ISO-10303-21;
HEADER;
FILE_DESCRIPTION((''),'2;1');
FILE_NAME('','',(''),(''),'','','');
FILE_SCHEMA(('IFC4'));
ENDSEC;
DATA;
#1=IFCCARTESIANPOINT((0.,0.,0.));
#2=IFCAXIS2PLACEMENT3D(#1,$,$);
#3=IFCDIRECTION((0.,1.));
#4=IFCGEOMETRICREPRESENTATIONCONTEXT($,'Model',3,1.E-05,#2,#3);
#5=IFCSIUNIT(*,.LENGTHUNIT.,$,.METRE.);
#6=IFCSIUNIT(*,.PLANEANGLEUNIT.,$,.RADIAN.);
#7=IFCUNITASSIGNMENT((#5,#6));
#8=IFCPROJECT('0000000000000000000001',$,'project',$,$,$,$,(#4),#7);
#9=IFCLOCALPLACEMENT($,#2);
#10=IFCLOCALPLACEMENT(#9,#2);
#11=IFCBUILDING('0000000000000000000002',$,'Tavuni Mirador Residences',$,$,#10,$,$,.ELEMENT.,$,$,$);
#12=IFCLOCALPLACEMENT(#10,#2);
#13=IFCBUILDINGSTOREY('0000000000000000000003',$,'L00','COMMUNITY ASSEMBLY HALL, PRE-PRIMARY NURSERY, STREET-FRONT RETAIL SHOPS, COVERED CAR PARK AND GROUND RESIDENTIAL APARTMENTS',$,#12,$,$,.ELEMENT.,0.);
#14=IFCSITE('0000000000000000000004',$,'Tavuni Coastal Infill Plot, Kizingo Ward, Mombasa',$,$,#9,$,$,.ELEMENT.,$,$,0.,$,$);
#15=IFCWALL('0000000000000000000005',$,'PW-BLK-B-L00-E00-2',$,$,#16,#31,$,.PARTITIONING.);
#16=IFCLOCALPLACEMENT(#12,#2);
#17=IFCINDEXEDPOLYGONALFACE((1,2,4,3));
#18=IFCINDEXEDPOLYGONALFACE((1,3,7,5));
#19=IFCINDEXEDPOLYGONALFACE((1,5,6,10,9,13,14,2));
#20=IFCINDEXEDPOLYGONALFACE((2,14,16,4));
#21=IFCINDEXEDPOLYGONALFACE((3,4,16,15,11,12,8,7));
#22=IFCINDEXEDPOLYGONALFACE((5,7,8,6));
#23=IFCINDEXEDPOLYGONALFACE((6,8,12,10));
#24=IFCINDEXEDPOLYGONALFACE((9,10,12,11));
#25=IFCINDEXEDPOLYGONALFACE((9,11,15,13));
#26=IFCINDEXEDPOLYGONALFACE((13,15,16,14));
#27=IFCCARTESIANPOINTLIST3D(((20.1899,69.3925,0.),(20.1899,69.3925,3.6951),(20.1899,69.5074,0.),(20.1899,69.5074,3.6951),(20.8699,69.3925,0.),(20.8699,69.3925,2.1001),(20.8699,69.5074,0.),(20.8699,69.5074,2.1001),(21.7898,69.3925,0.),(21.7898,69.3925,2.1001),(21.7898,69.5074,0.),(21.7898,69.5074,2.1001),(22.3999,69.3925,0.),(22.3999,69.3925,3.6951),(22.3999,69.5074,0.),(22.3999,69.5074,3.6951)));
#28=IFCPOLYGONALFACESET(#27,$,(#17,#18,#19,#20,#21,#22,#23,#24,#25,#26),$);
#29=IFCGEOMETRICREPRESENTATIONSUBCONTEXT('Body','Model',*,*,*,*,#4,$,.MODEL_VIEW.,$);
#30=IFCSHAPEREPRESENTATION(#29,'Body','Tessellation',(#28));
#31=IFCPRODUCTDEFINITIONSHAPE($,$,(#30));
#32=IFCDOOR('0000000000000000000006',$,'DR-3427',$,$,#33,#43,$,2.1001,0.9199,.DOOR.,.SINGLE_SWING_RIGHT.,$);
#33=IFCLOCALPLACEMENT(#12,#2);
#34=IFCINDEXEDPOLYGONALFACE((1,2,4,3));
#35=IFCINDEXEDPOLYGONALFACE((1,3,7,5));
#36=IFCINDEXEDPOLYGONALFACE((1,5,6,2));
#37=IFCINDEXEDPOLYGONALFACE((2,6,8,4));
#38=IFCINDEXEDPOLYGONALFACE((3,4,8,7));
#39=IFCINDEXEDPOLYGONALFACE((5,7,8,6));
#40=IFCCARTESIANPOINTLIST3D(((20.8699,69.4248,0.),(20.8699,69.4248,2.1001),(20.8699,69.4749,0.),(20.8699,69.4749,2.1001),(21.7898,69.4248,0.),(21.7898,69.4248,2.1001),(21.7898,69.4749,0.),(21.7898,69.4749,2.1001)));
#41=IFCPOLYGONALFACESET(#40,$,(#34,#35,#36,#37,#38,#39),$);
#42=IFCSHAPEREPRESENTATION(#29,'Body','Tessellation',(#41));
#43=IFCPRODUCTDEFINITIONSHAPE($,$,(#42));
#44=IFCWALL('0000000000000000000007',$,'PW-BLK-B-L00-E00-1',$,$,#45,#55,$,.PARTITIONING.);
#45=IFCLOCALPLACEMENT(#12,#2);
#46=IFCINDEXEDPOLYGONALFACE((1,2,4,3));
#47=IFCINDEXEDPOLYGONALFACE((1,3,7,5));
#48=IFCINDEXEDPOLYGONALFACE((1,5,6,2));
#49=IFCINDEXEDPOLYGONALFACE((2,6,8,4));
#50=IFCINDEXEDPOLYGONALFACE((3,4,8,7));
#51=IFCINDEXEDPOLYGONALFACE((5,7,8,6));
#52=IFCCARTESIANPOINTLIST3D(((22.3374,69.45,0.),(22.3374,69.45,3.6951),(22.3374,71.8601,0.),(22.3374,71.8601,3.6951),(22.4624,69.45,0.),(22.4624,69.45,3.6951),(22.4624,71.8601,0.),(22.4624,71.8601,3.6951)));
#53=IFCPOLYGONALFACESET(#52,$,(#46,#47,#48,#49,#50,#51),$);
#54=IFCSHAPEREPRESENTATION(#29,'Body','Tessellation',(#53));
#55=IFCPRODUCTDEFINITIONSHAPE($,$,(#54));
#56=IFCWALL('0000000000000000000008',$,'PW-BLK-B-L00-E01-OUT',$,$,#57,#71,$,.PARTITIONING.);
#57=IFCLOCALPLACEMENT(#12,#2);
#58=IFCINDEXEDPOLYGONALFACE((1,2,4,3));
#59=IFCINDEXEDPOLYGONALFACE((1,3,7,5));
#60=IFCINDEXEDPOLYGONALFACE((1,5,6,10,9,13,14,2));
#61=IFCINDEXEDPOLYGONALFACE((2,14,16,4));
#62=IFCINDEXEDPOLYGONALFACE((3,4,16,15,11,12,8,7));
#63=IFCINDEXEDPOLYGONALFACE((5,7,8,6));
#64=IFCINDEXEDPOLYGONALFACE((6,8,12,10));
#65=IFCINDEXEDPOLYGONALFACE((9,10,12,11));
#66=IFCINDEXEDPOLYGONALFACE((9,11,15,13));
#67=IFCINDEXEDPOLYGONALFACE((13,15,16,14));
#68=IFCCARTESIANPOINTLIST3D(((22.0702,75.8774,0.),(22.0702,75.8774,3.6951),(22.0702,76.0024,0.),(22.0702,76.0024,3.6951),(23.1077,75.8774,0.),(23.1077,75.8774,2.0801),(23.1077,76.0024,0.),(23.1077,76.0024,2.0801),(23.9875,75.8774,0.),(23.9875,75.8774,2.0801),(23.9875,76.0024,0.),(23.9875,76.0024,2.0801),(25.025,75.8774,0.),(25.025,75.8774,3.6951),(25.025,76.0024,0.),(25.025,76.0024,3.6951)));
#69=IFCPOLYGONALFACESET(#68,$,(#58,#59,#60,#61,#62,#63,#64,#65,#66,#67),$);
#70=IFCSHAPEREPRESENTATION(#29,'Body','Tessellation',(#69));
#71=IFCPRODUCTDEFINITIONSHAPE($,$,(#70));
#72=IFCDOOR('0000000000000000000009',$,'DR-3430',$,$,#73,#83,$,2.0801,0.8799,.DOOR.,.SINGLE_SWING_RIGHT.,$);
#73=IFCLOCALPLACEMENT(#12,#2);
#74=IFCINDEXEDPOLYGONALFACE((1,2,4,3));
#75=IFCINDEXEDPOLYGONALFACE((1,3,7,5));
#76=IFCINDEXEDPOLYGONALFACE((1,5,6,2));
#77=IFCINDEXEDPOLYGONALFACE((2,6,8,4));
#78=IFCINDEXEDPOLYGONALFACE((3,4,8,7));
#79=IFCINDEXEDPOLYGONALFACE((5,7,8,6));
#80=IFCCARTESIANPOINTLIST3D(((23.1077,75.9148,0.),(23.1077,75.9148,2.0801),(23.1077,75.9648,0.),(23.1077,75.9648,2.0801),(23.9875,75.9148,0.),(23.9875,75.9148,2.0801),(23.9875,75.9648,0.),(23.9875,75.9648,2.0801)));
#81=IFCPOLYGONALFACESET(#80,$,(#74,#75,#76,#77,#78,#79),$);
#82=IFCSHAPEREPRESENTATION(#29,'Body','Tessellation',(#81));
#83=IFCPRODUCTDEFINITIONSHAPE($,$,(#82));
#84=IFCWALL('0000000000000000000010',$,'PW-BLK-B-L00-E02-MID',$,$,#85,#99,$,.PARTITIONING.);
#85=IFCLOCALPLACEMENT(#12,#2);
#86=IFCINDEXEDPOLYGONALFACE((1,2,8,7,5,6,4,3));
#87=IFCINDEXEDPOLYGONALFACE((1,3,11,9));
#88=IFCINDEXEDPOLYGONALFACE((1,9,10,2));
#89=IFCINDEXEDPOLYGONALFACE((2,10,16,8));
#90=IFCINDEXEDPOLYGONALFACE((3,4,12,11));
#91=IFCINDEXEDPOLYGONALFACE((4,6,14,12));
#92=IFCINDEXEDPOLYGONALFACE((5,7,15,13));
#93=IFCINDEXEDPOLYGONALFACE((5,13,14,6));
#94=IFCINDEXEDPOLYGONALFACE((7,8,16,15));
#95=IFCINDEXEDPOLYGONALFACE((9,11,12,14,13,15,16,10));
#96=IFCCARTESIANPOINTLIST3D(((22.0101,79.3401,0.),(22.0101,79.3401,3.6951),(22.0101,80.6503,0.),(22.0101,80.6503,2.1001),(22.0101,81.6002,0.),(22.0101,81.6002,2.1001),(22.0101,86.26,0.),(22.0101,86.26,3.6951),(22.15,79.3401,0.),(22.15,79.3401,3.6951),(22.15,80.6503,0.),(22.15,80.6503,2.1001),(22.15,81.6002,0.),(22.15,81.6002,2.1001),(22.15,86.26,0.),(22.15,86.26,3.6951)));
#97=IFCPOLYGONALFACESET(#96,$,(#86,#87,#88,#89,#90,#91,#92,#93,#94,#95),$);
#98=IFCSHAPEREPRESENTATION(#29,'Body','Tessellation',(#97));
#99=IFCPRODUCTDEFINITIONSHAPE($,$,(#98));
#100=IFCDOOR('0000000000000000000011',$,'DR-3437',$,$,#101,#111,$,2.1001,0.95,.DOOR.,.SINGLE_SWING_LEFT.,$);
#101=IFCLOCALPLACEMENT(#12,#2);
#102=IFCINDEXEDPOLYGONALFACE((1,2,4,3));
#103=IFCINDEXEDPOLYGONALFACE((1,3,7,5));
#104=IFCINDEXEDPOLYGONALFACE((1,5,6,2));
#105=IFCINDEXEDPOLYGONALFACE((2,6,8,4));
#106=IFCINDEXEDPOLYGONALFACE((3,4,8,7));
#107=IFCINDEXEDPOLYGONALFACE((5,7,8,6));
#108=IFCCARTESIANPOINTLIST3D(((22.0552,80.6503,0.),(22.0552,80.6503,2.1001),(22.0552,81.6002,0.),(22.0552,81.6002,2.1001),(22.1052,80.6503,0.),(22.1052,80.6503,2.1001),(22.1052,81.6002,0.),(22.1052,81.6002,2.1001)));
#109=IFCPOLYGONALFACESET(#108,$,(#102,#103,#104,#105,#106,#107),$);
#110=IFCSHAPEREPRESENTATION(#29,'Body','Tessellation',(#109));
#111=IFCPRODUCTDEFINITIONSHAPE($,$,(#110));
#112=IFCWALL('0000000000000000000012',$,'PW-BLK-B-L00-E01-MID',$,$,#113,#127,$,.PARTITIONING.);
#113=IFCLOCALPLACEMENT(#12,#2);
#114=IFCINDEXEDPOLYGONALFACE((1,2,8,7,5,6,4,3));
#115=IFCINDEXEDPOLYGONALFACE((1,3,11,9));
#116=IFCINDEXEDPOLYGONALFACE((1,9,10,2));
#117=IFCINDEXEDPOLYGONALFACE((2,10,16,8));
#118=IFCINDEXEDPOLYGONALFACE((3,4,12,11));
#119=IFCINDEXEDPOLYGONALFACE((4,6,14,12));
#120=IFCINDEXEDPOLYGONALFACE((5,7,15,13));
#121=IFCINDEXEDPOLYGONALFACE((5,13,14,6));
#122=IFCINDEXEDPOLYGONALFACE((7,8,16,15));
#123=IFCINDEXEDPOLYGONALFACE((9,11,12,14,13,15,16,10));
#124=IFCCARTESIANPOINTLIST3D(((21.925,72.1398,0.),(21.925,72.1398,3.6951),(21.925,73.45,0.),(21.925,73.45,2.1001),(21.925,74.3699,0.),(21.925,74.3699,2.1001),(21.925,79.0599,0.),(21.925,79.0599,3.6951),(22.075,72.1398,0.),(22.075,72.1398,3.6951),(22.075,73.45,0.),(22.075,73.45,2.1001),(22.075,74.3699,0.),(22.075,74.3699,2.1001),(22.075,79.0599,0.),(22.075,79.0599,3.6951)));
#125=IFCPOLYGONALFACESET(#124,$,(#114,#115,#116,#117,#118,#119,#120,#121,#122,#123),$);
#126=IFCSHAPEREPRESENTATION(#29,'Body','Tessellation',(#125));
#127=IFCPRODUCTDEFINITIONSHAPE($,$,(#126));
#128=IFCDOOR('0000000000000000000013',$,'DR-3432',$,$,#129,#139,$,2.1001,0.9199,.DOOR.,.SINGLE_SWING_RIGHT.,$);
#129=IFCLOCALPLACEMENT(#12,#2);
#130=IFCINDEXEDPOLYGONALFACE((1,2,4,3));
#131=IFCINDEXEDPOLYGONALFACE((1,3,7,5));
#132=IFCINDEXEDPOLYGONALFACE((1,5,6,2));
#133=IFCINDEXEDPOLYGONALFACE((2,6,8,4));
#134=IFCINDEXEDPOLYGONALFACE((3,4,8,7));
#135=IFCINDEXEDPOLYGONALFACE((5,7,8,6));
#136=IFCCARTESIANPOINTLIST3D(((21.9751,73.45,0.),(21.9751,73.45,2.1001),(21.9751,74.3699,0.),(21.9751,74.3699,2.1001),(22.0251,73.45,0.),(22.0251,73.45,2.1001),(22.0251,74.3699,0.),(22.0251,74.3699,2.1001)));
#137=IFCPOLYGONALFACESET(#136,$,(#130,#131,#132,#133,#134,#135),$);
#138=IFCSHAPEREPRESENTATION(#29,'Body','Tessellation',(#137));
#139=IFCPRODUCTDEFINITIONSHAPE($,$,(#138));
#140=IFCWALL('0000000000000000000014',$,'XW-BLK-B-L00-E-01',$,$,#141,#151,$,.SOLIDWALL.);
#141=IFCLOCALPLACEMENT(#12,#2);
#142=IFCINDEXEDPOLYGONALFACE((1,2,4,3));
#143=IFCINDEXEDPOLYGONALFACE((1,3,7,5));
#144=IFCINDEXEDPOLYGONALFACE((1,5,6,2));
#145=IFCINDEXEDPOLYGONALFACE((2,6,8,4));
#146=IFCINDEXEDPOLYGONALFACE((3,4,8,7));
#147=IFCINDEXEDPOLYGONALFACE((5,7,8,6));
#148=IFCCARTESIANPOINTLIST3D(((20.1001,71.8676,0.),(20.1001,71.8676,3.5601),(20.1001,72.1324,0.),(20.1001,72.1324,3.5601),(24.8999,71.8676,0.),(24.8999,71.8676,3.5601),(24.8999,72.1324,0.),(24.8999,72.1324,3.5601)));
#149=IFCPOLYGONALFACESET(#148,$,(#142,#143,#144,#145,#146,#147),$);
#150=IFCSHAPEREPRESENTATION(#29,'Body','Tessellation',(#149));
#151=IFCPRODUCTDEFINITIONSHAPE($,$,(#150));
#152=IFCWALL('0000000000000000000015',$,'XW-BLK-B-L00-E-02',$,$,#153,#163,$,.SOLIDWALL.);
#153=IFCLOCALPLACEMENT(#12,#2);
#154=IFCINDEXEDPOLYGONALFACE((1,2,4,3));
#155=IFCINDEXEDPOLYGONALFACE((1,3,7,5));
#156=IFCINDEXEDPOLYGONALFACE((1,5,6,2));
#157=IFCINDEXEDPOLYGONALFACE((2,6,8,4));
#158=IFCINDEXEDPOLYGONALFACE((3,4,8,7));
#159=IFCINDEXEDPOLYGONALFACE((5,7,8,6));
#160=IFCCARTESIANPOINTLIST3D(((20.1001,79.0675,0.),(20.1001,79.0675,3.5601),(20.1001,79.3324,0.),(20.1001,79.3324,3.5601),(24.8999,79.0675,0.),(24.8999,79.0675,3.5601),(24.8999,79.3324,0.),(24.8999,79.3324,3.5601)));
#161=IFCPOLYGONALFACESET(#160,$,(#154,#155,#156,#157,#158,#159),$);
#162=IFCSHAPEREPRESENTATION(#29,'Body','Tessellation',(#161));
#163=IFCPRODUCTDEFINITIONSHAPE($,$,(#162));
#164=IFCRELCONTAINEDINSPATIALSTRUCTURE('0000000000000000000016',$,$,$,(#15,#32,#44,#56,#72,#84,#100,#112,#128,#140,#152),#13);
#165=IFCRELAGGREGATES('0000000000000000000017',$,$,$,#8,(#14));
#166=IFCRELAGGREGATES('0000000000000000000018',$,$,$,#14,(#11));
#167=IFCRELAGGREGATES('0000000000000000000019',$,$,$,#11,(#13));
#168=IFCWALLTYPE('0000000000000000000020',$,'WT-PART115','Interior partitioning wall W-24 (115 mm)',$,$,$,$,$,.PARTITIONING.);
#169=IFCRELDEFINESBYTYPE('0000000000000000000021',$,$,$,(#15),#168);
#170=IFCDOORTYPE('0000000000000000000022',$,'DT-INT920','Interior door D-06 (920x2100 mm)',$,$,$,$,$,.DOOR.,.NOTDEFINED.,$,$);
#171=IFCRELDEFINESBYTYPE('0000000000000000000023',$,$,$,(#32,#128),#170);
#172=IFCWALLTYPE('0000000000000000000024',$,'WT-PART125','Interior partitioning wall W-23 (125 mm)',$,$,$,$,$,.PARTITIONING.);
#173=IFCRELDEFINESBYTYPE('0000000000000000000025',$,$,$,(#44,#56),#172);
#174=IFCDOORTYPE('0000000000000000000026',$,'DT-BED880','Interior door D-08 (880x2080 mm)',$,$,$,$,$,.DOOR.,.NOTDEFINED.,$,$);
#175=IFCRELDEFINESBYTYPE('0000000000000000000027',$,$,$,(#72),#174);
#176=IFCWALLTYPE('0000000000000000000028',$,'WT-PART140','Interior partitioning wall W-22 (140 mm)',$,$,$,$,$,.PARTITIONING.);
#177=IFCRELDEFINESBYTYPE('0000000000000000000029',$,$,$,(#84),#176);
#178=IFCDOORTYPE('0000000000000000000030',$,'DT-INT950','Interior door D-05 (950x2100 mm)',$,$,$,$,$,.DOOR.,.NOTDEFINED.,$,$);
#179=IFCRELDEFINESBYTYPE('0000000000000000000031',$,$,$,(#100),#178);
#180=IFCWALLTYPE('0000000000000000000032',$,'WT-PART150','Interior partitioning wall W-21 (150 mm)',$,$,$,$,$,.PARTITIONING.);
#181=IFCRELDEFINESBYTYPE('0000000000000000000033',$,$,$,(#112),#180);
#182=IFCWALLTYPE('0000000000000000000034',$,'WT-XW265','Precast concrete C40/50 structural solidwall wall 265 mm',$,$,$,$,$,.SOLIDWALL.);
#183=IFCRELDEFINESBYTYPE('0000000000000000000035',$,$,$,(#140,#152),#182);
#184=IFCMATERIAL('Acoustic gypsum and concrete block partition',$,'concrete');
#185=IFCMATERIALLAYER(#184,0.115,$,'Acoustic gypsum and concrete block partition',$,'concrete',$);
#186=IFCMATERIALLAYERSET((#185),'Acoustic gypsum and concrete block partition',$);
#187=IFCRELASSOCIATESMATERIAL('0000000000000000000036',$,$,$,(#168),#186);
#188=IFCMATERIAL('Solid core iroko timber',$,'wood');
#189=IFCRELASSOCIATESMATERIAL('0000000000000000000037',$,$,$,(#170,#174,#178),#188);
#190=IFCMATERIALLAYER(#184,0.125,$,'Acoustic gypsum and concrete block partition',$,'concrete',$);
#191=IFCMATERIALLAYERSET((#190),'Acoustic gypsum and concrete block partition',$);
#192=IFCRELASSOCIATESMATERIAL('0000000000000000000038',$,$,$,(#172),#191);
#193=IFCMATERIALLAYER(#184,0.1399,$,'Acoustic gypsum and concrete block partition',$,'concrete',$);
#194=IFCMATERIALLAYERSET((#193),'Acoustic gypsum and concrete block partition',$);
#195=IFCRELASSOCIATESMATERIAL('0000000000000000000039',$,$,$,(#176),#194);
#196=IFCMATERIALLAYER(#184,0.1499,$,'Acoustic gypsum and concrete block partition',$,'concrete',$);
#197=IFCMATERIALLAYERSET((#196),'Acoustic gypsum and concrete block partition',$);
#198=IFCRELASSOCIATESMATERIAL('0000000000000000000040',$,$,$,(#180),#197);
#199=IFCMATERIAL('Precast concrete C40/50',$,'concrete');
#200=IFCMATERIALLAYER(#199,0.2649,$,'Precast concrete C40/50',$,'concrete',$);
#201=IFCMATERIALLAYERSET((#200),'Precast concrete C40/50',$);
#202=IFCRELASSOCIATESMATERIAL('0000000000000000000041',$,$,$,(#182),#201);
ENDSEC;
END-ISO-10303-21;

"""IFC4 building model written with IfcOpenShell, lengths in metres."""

from ifc_helpers import new_model, si_unit, direction, frame, frame_2d, origin, place, context, subcontext, project, spatial, rectangle, extrude, material, layer, layer_set, type_object, element, fill, save


model = new_model("IFC4")

# Units and contexts
model_context = context("Model", 3, precision=1e-05, world=origin(), true_north=direction((0.0, 1.0)))
body_context = subcontext(model_context, "Body", "Model", "MODEL_VIEW")
ifc_project = project(units=[si_unit("LENGTHUNIT", "METRE"), si_unit("PLANEANGLEUNIT", "RADIAN")], contexts=[model_context])

# Site, building, storey
site_placement = place(None, origin())
site = spatial("IfcSite", under=ifc_project, at=site_placement, Name="Tavuni Coastal Infill Plot, Kizingo Ward, Mombasa", CompositionType="ELEMENT", RefElevation=0.0)
building_placement = place(site_placement, origin())
building = spatial("IfcBuilding", under=site, at=building_placement, Name="Tavuni Mirador Residences", CompositionType="ELEMENT")
storey_placement = place(building_placement, origin())
storey = spatial("IfcBuildingStorey", under=building, at=storey_placement, Name="L00", Description="COMMUNITY ASSEMBLY HALL, PRE-PRIMARY NURSERY, STREET-FRONT RETAIL SHOPS, COVERED CAR PARK AND GROUND RESIDENTIAL APARTMENTS", CompositionType="ELEMENT", Elevation=0.0)

# Shared definitions
ifc_material_1 = material(Name="Precast concrete C40/50", Category="concrete")

# Wall, opening, door
ifc_material_2 = material(Name="Solid core iroko timber", Category="wood")
ifc_material_3 = material(Name="Acoustic gypsum and concrete block partition", Category="concrete")
ifc_layer_1 = layer(ifc_material_3, 0.115, Name="Acoustic gypsum and concrete block partition", Category="concrete")
ifc_layer_set_1 = layer_set([ifc_layer_1], Name="Acoustic gypsum and concrete block partition")
wall_type_1 = type_object("IfcWallType", Name="WT-PART115", Description="Interior partitioning wall W-24 (115 mm)", PredefinedType="PARTITIONING", material=ifc_layer_set_1)
wall_1_placement = place(storey_placement, frame((20.1899, 69.45, 0.0), z_axis=(0.0, 0.0, 1.0), x_axis=(1.0, 0.0, 0.0)))
wall_1 = element("IfcWall", 1, at=wall_1_placement, inside=storey, type_object=wall_type_1, Name="PW-BLK-B-L00-E00-2", PredefinedType="PARTITIONING", context=body_context, shape_type="SweptSolid", body=[
    extrude(rectangle(XDim=2.21, YDim=0.115, at=frame_2d((1.105, 0.0))), origin(), (0.0, 0.0, 1.0), 3.6951),
])
opening_1_placement = place(wall_1_placement, frame((0.6799, 0.0, 0.0)))
opening_1 = element("IfcOpeningElement", 2, at=opening_1_placement, cuts=wall_1, PredefinedType="OPENING", context=body_context, shape_type="SweptSolid", body=[
    extrude(rectangle(XDim=0.9199, YDim=2.1001, at=frame_2d((0.46, 1.05))), frame((0.0, 0.0674, 0.0), z_axis=(0.0, -1.0, 0.0), x_axis=(1.0, 0.0, 0.0)), (0.0, 0.0, 1.0), 0.135),
])
door_type_1 = type_object("IfcDoorType", Name="DT-INT920", Description="Interior door D-06 (920x2100 mm)", OperationType="NOTDEFINED", PredefinedType="DOOR", material=ifc_material_2)
door_1_placement = place(opening_1_placement, origin())
door_1 = element("IfcDoor", 3, at=door_1_placement, inside=storey, type_object=door_type_1, Name="DR-3427", OperationType="SINGLE_SWING_RIGHT", OverallHeight=2.1001, OverallWidth=0.9199, PredefinedType="DOOR", context=body_context, shape_type="SweptSolid", body=[
    extrude(rectangle(XDim=0.9199, YDim=2.1001, at=frame_2d((0.46, 1.05))), frame((0.0, 0.0249, 0.0), z_axis=(0.0, -1.0, 0.0), x_axis=(1.0, 0.0, 0.0)), (0.0, 0.0, 1.0), 0.05),
])
fill(opening_1, door_1)

# Wall
ifc_layer_2 = layer(ifc_material_3, 0.125, Name="Acoustic gypsum and concrete block partition", Category="concrete")
ifc_layer_set_2 = layer_set([ifc_layer_2], Name="Acoustic gypsum and concrete block partition")
wall_type_2 = type_object("IfcWallType", Name="WT-PART125", Description="Interior partitioning wall W-23 (125 mm)", PredefinedType="PARTITIONING", material=ifc_layer_set_2)
wall_2_placement = place(storey_placement, frame((22.3999, 69.45, 0.0), z_axis=(0.0, 0.0, 1.0), x_axis=(0.0, 1.0, 0.0)))
element("IfcWall", 4, at=wall_2_placement, inside=storey, type_object=wall_type_2, Name="PW-BLK-B-L00-E00-1", PredefinedType="PARTITIONING", context=body_context, shape_type="SweptSolid", body=[
    extrude(rectangle(XDim=2.4102, YDim=0.125, at=frame_2d((1.2051, 0.0))), origin(), (0.0, 0.0, 1.0), 3.6951),
])

# Walls, openings, doors
wall_3_placement = place(storey_placement, frame((22.0701, 75.9399, 0.0), z_axis=(0.0, 0.0, 1.0), x_axis=(1.0, 0.0, 0.0)))
wall_3 = element("IfcWall", 5, at=wall_3_placement, inside=storey, type_object=wall_type_2, Name="PW-BLK-B-L00-E01-OUT", PredefinedType="PARTITIONING", context=body_context, shape_type="SweptSolid", body=[
    extrude(rectangle(XDim=2.9548, YDim=0.125, at=frame_2d((1.4775, 0.0))), origin(), (0.0, 0.0, 1.0), 3.6951),
])
opening_2_placement = place(wall_3_placement, frame((1.0376, 0.0, 0.0)))
opening_2 = element("IfcOpeningElement", 6, at=opening_2_placement, cuts=wall_3, PredefinedType="OPENING", context=body_context, shape_type="SweptSolid", body=[
    extrude(rectangle(XDim=0.8799, YDim=2.0801, at=frame_2d((0.4399, 1.04))), frame((0.0, 0.0725, 0.0), z_axis=(0.0, -1.0, 0.0), x_axis=(1.0, 0.0, 0.0)), (0.0, 0.0, 1.0), 0.145),
])
door_type_2 = type_object("IfcDoorType", Name="DT-BED880", Description="Interior door D-08 (880x2080 mm)", OperationType="NOTDEFINED", PredefinedType="DOOR", material=ifc_material_2)
door_2_placement = place(opening_2_placement, origin())
door_2 = element("IfcDoor", 7, at=door_2_placement, inside=storey, type_object=door_type_2, Name="DR-3430", OperationType="SINGLE_SWING_RIGHT", OverallHeight=2.0801, OverallWidth=0.8799, PredefinedType="DOOR", context=body_context, shape_type="SweptSolid", body=[
    extrude(rectangle(XDim=0.8799, YDim=2.0801, at=frame_2d((0.4399, 1.04))), frame((0.0, 0.0249, 0.0), z_axis=(0.0, -1.0, 0.0), x_axis=(1.0, 0.0, 0.0)), (0.0, 0.0, 1.0), 0.05),
])
fill(opening_2, door_2)
ifc_layer_3 = layer(ifc_material_3, 0.1399, Name="Acoustic gypsum and concrete block partition", Category="concrete")
ifc_layer_set_3 = layer_set([ifc_layer_3], Name="Acoustic gypsum and concrete block partition")
wall_type_3 = type_object("IfcWallType", Name="WT-PART140", Description="Interior partitioning wall W-22 (140 mm)", PredefinedType="PARTITIONING", material=ifc_layer_set_3)
wall_4_placement = place(storey_placement, frame((22.0801, 79.3401, 0.0), z_axis=(0.0, 0.0, 1.0), x_axis=(0.0, 1.0, 0.0)))
wall_4 = element("IfcWall", 8, at=wall_4_placement, inside=storey, type_object=wall_type_3, Name="PW-BLK-B-L00-E02-MID", PredefinedType="PARTITIONING", context=body_context, shape_type="SweptSolid", body=[
    extrude(rectangle(XDim=6.9199, YDim=0.1399, at=frame_2d((3.46, 0.0))), origin(), (0.0, 0.0, 1.0), 3.6951),
])
opening_3_placement = place(wall_4_placement, frame((1.3101, 0.0, 0.0)))
opening_3 = element("IfcOpeningElement", 9, at=opening_3_placement, cuts=wall_4, PredefinedType="OPENING", context=body_context, shape_type="SweptSolid", body=[
    extrude(rectangle(XDim=0.95, YDim=2.1001, at=frame_2d((0.4751, 1.05))), frame((0.0, 0.0801, 0.0), z_axis=(0.0, -1.0, 0.0), x_axis=(1.0, 0.0, 0.0)), (0.0, 0.0, 1.0), 0.1599),
])
door_type_3 = type_object("IfcDoorType", Name="DT-INT950", Description="Interior door D-05 (950x2100 mm)", OperationType="NOTDEFINED", PredefinedType="DOOR", material=ifc_material_2)
door_3_placement = place(opening_3_placement, origin())
door_3 = element("IfcDoor", 10, at=door_3_placement, inside=storey, type_object=door_type_3, Name="DR-3437", OperationType="SINGLE_SWING_LEFT", OverallHeight=2.1001, OverallWidth=0.95, PredefinedType="DOOR", context=body_context, shape_type="SweptSolid", body=[
    extrude(rectangle(XDim=0.95, YDim=2.1001, at=frame_2d((0.4751, 1.05))), frame((0.0, 0.0249, 0.0), z_axis=(0.0, -1.0, 0.0), x_axis=(1.0, 0.0, 0.0)), (0.0, 0.0, 1.0), 0.05),
])
fill(opening_3, door_3)
ifc_layer_4 = layer(ifc_material_3, 0.1499, Name="Acoustic gypsum and concrete block partition", Category="concrete")
ifc_layer_set_4 = layer_set([ifc_layer_4], Name="Acoustic gypsum and concrete block partition")
wall_type_4 = type_object("IfcWallType", Name="WT-PART150", Description="Interior partitioning wall W-21 (150 mm)", PredefinedType="PARTITIONING", material=ifc_layer_set_4)
wall_5_placement = place(storey_placement, frame((22.0, 72.1399, 0.0), z_axis=(0.0, 0.0, 1.0), x_axis=(0.0, 1.0, 0.0)))
wall_5 = element("IfcWall", 11, at=wall_5_placement, inside=storey, type_object=wall_type_4, Name="PW-BLK-B-L00-E01-MID", PredefinedType="PARTITIONING", context=body_context, shape_type="SweptSolid", body=[
    extrude(rectangle(XDim=6.9202, YDim=0.1499, at=frame_2d((3.46, 0.0))), origin(), (0.0, 0.0, 1.0), 3.6951),
])
opening_4_placement = place(wall_5_placement, frame((1.3101, 0.0, 0.0)))
opening_4 = element("IfcOpeningElement", 12, at=opening_4_placement, cuts=wall_5, PredefinedType="OPENING", context=body_context, shape_type="SweptSolid", body=[
    extrude(rectangle(XDim=0.9199, YDim=2.1001, at=frame_2d((0.46, 1.05))), frame((0.0, 0.085, 0.0), z_axis=(0.0, -1.0, 0.0), x_axis=(1.0, 0.0, 0.0)), (0.0, 0.0, 1.0), 0.1699),
])
door_4_placement = place(opening_4_placement, origin())
door_4 = element("IfcDoor", 13, at=door_4_placement, inside=storey, type_object=door_type_1, Name="DR-3432", OperationType="SINGLE_SWING_RIGHT", OverallHeight=2.1001, OverallWidth=0.9199, PredefinedType="DOOR", context=body_context, shape_type="SweptSolid", body=[
    extrude(rectangle(XDim=0.9199, YDim=2.1001, at=frame_2d((0.46, 1.05))), frame((0.0, 0.0249, 0.0), z_axis=(0.0, -1.0, 0.0), x_axis=(1.0, 0.0, 0.0)), (0.0, 0.0, 1.0), 0.05),
])
fill(opening_4, door_4)

# Walls
ifc_layer_5 = layer(ifc_material_1, 0.2649, Name="Precast concrete C40/50", Category="concrete")
ifc_layer_set_5 = layer_set([ifc_layer_5], Name="Precast concrete C40/50")
wall_type_5 = type_object("IfcWallType", Name="WT-XW265", Description="Precast concrete C40/50 structural solidwall wall 265 mm", PredefinedType="SOLIDWALL", material=ifc_layer_set_5)
for number, where, z_axis, x_axis, name in (
    (14, (20.1001, 72.0, 0.0), (0.0, 0.0, 1.0), (1.0, 0.0, 0.0), "XW-BLK-B-L00-E-01"),
    (15, (20.1001, 79.2, 0.0), (0.0, 0.0, 1.0), (1.0, 0.0, 0.0), "XW-BLK-B-L00-E-02"),
):
    element("IfcWall", number, at=place(storey_placement, frame(where, z_axis=z_axis, x_axis=x_axis)), inside=storey, type_object=wall_type_5, Name=name, PredefinedType="SOLIDWALL", context=body_context, shape_type="SweptSolid", body=[
        extrude(rectangle(XDim=4.7998, YDim=0.2649, at=frame_2d((2.3999, 0.0))), origin(), (0.0, 0.0, 1.0), 3.5601),
    ])

save(model, "model.ifc")
